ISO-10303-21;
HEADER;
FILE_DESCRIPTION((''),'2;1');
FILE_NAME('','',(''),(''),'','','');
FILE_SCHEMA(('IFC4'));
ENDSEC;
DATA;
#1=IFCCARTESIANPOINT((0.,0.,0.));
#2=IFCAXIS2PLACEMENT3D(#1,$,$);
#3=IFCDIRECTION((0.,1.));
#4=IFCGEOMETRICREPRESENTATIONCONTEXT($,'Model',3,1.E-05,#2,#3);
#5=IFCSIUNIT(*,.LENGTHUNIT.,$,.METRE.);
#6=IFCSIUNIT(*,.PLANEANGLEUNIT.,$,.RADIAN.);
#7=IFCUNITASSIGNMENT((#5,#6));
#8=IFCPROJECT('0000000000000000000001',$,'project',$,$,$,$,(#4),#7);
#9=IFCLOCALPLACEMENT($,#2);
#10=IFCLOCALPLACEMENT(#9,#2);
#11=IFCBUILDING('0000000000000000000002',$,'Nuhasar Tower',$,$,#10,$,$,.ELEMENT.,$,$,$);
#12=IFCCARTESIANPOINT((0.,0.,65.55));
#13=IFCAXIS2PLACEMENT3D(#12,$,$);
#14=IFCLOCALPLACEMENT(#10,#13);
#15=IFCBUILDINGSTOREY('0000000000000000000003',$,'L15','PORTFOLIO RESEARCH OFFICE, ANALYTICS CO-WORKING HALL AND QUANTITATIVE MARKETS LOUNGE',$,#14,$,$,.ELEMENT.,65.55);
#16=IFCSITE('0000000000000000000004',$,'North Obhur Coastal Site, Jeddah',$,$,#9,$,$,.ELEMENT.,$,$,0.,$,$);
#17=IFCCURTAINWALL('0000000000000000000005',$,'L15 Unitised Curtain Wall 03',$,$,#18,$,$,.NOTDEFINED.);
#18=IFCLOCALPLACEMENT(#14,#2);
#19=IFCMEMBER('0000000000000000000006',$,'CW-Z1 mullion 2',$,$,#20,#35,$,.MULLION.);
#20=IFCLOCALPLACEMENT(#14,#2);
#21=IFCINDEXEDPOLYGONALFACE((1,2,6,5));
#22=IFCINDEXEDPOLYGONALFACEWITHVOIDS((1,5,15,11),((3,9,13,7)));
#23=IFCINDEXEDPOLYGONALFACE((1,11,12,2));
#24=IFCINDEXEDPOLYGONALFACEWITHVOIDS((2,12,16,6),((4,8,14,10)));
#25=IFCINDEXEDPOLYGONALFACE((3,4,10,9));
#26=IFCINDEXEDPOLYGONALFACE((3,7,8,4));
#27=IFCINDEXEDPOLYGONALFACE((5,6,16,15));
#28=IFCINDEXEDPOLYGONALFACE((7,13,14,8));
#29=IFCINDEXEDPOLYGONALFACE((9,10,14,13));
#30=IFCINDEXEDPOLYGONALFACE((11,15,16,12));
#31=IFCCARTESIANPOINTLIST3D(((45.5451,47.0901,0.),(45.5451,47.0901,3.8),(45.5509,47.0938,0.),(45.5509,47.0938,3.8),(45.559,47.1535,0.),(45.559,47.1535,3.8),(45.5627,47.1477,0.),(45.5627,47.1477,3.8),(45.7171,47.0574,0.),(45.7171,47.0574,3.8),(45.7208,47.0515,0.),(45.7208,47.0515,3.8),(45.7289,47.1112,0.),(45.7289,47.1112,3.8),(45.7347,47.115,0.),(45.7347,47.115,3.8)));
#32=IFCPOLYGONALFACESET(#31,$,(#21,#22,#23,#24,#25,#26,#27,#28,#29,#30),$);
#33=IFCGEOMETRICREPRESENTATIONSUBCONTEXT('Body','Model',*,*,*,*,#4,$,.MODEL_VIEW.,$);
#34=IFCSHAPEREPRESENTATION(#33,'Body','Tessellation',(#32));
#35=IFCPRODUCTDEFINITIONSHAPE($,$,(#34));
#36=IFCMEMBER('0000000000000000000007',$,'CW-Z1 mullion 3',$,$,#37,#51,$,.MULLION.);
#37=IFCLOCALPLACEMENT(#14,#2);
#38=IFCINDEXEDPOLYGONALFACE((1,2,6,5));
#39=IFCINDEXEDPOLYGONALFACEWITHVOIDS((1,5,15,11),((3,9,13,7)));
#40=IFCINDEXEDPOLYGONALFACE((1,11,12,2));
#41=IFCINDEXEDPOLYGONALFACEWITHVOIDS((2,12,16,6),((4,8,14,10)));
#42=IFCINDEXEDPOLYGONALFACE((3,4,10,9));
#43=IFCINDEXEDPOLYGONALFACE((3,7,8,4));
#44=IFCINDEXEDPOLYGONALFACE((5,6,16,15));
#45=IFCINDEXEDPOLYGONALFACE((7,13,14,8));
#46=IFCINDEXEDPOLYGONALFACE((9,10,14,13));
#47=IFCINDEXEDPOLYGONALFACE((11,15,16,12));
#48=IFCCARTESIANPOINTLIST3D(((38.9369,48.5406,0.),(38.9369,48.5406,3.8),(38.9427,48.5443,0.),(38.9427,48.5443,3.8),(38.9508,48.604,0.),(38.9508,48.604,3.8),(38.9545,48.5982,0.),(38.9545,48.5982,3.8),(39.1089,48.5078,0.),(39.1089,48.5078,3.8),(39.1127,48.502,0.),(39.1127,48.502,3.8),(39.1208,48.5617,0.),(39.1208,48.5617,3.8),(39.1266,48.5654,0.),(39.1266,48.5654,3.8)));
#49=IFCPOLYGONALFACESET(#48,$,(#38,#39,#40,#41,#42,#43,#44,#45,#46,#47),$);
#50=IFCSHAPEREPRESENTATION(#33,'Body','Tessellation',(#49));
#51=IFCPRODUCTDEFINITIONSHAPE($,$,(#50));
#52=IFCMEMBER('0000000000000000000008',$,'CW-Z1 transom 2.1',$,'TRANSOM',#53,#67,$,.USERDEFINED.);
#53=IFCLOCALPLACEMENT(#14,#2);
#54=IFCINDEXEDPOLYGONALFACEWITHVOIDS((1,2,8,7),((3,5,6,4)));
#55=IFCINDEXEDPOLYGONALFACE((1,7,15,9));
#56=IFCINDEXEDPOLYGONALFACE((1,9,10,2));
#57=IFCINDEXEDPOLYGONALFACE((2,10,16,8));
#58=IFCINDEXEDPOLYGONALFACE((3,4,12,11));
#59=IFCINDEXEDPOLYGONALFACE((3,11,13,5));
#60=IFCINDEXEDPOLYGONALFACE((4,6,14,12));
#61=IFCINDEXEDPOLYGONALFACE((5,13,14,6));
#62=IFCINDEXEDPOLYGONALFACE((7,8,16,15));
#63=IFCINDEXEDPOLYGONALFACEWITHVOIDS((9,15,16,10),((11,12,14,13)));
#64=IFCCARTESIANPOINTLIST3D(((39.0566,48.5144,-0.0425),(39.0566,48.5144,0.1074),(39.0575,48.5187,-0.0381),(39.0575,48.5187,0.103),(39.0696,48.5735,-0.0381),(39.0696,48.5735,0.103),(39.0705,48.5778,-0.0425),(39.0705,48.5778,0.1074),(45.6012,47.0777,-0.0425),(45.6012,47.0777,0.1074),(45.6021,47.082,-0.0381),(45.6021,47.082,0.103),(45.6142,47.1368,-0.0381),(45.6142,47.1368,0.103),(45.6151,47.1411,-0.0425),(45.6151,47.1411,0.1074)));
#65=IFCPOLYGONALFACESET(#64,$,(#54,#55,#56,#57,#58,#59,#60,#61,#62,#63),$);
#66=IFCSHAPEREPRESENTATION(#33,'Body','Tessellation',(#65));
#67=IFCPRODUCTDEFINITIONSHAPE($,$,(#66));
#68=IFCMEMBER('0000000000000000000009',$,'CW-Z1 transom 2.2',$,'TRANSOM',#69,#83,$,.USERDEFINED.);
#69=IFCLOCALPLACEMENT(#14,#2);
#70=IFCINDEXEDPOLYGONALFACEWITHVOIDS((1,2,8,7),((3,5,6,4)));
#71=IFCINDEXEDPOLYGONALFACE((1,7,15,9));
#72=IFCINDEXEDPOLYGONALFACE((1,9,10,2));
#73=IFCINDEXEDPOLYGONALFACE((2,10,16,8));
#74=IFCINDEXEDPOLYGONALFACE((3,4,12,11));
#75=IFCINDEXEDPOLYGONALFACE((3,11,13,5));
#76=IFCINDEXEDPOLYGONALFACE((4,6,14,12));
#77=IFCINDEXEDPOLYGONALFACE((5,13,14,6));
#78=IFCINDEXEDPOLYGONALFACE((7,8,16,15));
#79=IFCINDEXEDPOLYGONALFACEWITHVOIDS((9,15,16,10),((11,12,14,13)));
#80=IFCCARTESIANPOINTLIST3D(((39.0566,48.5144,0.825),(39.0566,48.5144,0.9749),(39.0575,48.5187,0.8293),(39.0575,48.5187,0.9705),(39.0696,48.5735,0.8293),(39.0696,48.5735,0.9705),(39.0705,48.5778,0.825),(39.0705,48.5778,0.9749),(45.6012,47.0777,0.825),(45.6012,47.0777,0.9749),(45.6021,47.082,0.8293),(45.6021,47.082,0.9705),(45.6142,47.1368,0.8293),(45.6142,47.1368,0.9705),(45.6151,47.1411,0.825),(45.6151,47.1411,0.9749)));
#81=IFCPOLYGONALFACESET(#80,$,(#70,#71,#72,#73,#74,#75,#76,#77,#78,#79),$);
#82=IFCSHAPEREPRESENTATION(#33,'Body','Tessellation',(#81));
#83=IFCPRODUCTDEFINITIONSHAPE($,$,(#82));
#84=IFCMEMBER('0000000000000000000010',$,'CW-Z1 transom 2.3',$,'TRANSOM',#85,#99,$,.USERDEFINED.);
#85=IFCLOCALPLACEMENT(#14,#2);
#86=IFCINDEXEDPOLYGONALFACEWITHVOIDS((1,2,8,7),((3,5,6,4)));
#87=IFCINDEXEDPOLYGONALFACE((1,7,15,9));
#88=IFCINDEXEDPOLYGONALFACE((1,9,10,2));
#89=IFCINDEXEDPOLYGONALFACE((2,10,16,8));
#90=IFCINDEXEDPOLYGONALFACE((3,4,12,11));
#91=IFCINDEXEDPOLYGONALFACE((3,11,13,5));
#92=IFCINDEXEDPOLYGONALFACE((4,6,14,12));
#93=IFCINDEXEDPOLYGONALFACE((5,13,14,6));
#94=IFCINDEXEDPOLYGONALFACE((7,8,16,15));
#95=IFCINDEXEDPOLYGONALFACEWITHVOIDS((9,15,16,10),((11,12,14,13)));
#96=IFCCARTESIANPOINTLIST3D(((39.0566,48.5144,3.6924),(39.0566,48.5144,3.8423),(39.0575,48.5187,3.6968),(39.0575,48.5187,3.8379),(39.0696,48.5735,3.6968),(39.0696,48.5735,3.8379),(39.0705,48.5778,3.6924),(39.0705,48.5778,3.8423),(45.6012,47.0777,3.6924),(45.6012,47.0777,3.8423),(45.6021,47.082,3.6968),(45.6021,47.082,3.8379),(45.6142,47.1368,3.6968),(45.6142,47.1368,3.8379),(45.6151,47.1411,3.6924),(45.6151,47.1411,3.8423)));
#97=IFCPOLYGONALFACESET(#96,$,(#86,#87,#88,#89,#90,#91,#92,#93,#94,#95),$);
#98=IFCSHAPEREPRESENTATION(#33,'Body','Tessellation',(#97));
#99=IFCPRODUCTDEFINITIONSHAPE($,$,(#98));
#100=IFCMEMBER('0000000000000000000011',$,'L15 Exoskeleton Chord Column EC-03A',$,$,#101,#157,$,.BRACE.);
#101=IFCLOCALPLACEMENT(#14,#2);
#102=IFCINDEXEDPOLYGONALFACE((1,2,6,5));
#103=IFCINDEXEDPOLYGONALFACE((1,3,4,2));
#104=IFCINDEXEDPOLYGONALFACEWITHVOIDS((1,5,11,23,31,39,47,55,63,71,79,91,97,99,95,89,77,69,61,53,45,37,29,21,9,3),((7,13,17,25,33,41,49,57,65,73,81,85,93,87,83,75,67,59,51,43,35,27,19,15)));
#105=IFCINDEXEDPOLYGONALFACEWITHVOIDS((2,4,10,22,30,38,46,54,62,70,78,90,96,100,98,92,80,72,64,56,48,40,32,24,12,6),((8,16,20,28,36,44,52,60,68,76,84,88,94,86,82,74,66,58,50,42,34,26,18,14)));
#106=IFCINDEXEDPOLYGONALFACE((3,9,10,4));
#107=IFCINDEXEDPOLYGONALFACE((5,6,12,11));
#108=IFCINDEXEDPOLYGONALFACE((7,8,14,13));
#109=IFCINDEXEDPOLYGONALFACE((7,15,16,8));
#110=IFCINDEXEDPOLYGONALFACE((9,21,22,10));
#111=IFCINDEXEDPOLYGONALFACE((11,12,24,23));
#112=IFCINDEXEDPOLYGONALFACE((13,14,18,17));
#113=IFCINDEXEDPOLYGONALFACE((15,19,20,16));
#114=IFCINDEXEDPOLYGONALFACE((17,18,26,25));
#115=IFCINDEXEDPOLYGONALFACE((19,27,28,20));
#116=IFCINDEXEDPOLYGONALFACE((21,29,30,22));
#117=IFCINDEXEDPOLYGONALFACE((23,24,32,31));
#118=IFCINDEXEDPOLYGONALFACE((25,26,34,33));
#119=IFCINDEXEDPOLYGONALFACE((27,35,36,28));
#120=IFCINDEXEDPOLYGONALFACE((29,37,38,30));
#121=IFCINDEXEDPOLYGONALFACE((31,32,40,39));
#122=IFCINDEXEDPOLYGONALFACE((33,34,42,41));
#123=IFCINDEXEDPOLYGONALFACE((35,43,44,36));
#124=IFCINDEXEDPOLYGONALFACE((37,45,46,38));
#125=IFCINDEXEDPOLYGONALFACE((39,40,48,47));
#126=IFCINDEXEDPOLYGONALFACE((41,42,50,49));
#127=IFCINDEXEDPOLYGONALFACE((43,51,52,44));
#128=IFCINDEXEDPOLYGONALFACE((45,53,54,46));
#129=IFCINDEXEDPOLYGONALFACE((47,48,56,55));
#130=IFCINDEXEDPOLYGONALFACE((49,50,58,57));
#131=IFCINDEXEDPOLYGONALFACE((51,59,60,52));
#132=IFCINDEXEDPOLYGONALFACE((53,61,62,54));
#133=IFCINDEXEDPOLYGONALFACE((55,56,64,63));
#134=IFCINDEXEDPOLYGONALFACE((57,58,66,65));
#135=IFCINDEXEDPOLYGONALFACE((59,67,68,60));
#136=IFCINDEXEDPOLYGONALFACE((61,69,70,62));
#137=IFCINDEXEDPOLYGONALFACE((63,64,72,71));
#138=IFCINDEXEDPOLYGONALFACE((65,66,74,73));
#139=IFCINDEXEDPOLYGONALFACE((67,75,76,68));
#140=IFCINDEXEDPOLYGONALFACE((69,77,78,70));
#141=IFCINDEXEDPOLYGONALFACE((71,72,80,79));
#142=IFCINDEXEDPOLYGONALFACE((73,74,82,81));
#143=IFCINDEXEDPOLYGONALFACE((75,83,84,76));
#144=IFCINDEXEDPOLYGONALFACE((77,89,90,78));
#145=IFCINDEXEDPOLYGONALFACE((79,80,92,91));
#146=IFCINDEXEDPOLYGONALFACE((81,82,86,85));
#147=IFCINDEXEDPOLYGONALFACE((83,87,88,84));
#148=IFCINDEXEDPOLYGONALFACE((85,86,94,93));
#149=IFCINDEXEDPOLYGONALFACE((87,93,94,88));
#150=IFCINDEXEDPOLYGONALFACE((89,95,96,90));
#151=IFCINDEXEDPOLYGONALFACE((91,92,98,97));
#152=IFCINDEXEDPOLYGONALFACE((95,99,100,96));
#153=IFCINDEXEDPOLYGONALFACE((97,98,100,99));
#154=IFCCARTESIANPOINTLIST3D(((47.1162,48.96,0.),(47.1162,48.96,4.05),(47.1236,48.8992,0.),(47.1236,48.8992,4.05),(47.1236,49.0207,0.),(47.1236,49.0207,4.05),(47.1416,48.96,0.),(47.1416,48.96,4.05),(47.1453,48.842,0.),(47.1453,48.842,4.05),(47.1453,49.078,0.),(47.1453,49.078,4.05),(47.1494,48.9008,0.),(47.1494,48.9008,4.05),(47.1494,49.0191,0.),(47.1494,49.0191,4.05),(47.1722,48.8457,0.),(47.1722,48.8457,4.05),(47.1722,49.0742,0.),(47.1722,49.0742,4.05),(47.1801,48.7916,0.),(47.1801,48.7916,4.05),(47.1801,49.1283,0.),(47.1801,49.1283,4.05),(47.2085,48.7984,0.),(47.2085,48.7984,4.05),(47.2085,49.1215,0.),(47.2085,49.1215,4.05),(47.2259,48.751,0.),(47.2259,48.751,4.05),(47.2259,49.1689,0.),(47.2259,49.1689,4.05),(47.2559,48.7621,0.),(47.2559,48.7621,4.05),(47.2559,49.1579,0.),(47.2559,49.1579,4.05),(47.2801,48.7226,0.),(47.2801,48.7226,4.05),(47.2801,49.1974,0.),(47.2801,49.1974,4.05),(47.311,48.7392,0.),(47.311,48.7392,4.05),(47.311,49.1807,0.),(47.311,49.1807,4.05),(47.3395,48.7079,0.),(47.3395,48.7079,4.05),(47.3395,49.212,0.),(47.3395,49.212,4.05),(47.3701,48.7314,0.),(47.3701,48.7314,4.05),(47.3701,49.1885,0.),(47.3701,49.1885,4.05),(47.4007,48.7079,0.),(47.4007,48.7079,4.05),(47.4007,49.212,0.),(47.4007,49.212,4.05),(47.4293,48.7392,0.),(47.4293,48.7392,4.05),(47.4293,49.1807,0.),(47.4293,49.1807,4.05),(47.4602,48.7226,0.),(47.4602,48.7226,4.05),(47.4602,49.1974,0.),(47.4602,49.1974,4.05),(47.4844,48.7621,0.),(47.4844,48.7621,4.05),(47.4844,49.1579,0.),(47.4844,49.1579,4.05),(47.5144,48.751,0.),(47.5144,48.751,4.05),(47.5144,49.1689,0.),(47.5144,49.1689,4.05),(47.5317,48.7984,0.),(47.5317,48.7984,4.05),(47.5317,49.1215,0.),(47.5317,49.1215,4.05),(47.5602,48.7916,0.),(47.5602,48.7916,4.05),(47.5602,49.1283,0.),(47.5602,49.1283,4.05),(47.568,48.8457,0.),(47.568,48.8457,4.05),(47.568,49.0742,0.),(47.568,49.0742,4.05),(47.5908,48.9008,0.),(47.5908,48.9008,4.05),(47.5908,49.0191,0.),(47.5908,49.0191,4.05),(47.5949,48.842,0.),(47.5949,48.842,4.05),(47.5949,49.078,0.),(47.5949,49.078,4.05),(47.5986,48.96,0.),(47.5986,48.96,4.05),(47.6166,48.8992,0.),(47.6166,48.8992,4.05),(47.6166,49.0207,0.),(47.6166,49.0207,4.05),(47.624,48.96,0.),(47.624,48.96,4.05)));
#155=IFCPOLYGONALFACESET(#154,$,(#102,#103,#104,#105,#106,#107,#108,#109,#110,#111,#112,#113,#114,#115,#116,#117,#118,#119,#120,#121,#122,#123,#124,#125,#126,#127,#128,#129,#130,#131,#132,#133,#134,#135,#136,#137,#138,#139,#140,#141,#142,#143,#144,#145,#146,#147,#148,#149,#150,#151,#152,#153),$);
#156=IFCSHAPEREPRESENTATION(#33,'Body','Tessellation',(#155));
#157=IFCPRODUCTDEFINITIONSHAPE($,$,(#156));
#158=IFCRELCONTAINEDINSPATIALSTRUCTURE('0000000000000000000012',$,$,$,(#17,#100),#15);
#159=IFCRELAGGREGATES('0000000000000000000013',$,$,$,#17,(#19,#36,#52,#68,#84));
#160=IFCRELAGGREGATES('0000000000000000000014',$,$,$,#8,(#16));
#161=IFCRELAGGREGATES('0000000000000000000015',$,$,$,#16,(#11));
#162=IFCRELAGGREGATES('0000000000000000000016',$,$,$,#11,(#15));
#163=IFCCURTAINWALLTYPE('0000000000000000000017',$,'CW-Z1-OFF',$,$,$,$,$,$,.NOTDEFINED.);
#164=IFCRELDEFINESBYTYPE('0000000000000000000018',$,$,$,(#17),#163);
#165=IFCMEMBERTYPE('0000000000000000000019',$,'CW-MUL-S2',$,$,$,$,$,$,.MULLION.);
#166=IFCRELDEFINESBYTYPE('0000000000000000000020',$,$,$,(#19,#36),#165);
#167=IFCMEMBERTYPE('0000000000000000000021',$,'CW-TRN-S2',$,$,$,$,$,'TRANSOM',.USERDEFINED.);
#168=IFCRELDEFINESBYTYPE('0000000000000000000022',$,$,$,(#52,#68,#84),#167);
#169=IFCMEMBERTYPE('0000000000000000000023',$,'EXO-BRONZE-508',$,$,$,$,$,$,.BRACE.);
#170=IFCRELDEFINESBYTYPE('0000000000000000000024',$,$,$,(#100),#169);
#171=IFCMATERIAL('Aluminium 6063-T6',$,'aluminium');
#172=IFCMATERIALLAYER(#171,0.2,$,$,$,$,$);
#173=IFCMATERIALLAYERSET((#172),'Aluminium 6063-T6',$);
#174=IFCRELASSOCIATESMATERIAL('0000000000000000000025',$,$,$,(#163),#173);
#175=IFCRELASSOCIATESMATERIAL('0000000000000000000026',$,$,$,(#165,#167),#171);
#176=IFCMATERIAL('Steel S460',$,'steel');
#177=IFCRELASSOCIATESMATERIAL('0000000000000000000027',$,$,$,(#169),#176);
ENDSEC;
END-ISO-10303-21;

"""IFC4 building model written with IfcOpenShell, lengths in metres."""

from ifc_helpers import new_model, si_unit, direction, frame, origin, origin_2d, place, context, subcontext, project, spatial, hollow_rectangle, hollow_circle, extrude, material, layer, layer_set, material_profile, profile_set, type_object, element, aggregate, save


model = new_model("IFC4")

# Units and contexts
model_context = context("Model", 3, precision=1e-05, world=origin(), true_north=direction((0.0, 1.0)))
body_context = subcontext(model_context, "Body", "Model", "MODEL_VIEW")
ifc_project = project(units=[si_unit("LENGTHUNIT", "METRE"), si_unit("PLANEANGLEUNIT", "RADIAN")], contexts=[model_context])

# Site, building, storey
site_placement = place(None, origin())
site = spatial("IfcSite", under=ifc_project, at=site_placement, Name="North Obhur Coastal Site, Jeddah", CompositionType="ELEMENT", RefElevation=0.0)
building_placement = place(site_placement, origin())
building = spatial("IfcBuilding", under=site, at=building_placement, Name="Nuhasar Tower", CompositionType="ELEMENT")
storey_placement = place(building_placement, frame((0.0, 0.0, 65.55)))
storey = spatial("IfcBuildingStorey", under=building, at=storey_placement, Name="L15", Description="PORTFOLIO RESEARCH OFFICE, ANALYTICS CO-WORKING HALL AND QUANTITATIVE MARKETS LOUNGE", CompositionType="ELEMENT", Elevation=65.55)

# Curtain wall, members
ifc_material_1 = material(Name="Aluminium 6063-T6", Category="aluminium")
ifc_layer_1 = layer(ifc_material_1, 0.2)
ifc_layer_set_1 = layer_set([ifc_layer_1], Name="Aluminium 6063-T6")
curtain_wall_type = type_object("IfcCurtainWallType", Name="CW-Z1-OFF", PredefinedType="NOTDEFINED", material=ifc_layer_set_1)
curtain_wall_placement = place(storey_placement, origin())
curtain_wall = element("IfcCurtainWall", 1, at=curtain_wall_placement, inside=storey, type_object=curtain_wall_type, Name="L15 Unitised Curtain Wall 03", PredefinedType="NOTDEFINED")
ifc_material_profile_1 = material_profile(ifc_material_1, hollow_rectangle(XDim=0.0649, YDim=0.1799, WallThickness=0.0049, at=origin_2d()), Name="CWM-2")
ifc_profile_set_1 = profile_set([ifc_material_profile_1], Name="Aluminium 6063-T6")
member_type_1 = type_object("IfcMemberType", Name="CW-MUL-S2", PredefinedType="MULLION", material=ifc_profile_set_1)
member_1_placement = place(storey_placement, frame((45.6399, 47.1025, 0.0), z_axis=(0.0, 0.0, 1.0), x_axis=(-0.214399, -0.976746, 0.0)))
member_1 = element("IfcMember", 2, at=member_1_placement, type_object=member_type_1, Name="CW-Z1 mullion 2", PredefinedType="MULLION", context=body_context, shape_type="SweptSolid", body=[
    extrude(hollow_rectangle(XDim=0.0649, YDim=0.1799, WallThickness=0.0049, at=origin_2d()), origin(), (0.0, 0.0, 1.0), 3.8),
])
member_2_placement = place(storey_placement, frame((39.0317, 48.553, 0.0), z_axis=(0.0, 0.0, 1.0), x_axis=(-0.214399, -0.976746, 0.0)))
member_2 = element("IfcMember", 3, at=member_2_placement, type_object=member_type_1, Name="CW-Z1 mullion 3", PredefinedType="MULLION", context=body_context, shape_type="SweptSolid", body=[
    extrude(hollow_rectangle(XDim=0.0649, YDim=0.1799, WallThickness=0.0049, at=origin_2d()), origin(), (0.0, 0.0, 1.0), 3.8),
])
ifc_material_profile_2 = material_profile(ifc_material_1, hollow_rectangle(XDim=0.0649, YDim=0.1499, WallThickness=0.0044, at=origin_2d()), Name="CWT-2")
ifc_profile_set_2 = profile_set([ifc_material_profile_2], Name="Aluminium 6063-T6")
member_type_2 = type_object("IfcMemberType", Name="CW-TRN-S2", ElementType="TRANSOM", PredefinedType="USERDEFINED", material=ifc_profile_set_2)
member_3_placement = place(storey_placement, frame((45.6082, 47.1094, 0.0325), z_axis=(-0.97674, 0.214426, 0.0), x_axis=(-0.214426, -0.97674, 0.0)))
member_3 = element("IfcMember", 4, at=member_3_placement, type_object=member_type_2, Name="CW-Z1 transom 2.1", ObjectType="TRANSOM", PredefinedType="USERDEFINED", context=body_context, shape_type="SweptSolid", body=[
    extrude(hollow_rectangle(XDim=0.0649, YDim=0.1499, WallThickness=0.0044, at=origin_2d()), origin(), (0.0, 0.0, 1.0), 6.7004),
])
member_4_placement = place(storey_placement, frame((45.6082, 47.1094, 0.8999), z_axis=(-0.97674, 0.214426, 0.0), x_axis=(-0.214426, -0.97674, 0.0)))
member_4 = element("IfcMember", 5, at=member_4_placement, type_object=member_type_2, Name="CW-Z1 transom 2.2", ObjectType="TRANSOM", PredefinedType="USERDEFINED", context=body_context, shape_type="SweptSolid", body=[
    extrude(hollow_rectangle(XDim=0.0649, YDim=0.1499, WallThickness=0.0044, at=origin_2d()), origin(), (0.0, 0.0, 1.0), 6.7004),
])
member_5_placement = place(storey_placement, frame((45.6082, 47.1094, 3.7673), z_axis=(-0.97674, 0.214426, 0.0), x_axis=(-0.214426, -0.97674, 0.0)))
member_5 = element("IfcMember", 6, at=member_5_placement, type_object=member_type_2, Name="CW-Z1 transom 2.3", ObjectType="TRANSOM", PredefinedType="USERDEFINED", context=body_context, shape_type="SweptSolid", body=[
    extrude(hollow_rectangle(XDim=0.0649, YDim=0.1499, WallThickness=0.0044, at=origin_2d()), origin(), (0.0, 0.0, 1.0), 6.7004),
])

# Member
ifc_material_2 = material(Name="Steel S460", Category="steel")
ifc_material_profile_3 = material_profile(ifc_material_2, hollow_circle(Radius=0.2539, WallThickness=0.0254, at=origin_2d()), Name="HSS508X25.4")
ifc_profile_set_3 = profile_set([ifc_material_profile_3], Name="Steel S460")
member_type_3 = type_object("IfcMemberType", Name="EXO-BRONZE-508", PredefinedType="BRACE", material=ifc_profile_set_3)
for number, where, z_axis, x_axis, name in (
    (7, (47.3701, 48.96, 0.0), (0.0, 0.0, 1.0), (1.0, 0.0, 0.0), "L15 Exoskeleton Chord Column EC-03A"),
):
    element("IfcMember", number, at=place(storey_placement, frame(where, z_axis=z_axis, x_axis=x_axis)), inside=storey, type_object=member_type_3, Name=name, PredefinedType="BRACE", context=body_context, shape_type="SweptSolid", body=[
        extrude(hollow_circle(Radius=0.2539, WallThickness=0.0254, at=origin_2d()), origin(), (0.0, 0.0, 1.0), 4.05),
    ])

aggregate(curtain_wall, [member_1, member_2, member_3, member_4, member_5])

save(model, "model.ifc")
